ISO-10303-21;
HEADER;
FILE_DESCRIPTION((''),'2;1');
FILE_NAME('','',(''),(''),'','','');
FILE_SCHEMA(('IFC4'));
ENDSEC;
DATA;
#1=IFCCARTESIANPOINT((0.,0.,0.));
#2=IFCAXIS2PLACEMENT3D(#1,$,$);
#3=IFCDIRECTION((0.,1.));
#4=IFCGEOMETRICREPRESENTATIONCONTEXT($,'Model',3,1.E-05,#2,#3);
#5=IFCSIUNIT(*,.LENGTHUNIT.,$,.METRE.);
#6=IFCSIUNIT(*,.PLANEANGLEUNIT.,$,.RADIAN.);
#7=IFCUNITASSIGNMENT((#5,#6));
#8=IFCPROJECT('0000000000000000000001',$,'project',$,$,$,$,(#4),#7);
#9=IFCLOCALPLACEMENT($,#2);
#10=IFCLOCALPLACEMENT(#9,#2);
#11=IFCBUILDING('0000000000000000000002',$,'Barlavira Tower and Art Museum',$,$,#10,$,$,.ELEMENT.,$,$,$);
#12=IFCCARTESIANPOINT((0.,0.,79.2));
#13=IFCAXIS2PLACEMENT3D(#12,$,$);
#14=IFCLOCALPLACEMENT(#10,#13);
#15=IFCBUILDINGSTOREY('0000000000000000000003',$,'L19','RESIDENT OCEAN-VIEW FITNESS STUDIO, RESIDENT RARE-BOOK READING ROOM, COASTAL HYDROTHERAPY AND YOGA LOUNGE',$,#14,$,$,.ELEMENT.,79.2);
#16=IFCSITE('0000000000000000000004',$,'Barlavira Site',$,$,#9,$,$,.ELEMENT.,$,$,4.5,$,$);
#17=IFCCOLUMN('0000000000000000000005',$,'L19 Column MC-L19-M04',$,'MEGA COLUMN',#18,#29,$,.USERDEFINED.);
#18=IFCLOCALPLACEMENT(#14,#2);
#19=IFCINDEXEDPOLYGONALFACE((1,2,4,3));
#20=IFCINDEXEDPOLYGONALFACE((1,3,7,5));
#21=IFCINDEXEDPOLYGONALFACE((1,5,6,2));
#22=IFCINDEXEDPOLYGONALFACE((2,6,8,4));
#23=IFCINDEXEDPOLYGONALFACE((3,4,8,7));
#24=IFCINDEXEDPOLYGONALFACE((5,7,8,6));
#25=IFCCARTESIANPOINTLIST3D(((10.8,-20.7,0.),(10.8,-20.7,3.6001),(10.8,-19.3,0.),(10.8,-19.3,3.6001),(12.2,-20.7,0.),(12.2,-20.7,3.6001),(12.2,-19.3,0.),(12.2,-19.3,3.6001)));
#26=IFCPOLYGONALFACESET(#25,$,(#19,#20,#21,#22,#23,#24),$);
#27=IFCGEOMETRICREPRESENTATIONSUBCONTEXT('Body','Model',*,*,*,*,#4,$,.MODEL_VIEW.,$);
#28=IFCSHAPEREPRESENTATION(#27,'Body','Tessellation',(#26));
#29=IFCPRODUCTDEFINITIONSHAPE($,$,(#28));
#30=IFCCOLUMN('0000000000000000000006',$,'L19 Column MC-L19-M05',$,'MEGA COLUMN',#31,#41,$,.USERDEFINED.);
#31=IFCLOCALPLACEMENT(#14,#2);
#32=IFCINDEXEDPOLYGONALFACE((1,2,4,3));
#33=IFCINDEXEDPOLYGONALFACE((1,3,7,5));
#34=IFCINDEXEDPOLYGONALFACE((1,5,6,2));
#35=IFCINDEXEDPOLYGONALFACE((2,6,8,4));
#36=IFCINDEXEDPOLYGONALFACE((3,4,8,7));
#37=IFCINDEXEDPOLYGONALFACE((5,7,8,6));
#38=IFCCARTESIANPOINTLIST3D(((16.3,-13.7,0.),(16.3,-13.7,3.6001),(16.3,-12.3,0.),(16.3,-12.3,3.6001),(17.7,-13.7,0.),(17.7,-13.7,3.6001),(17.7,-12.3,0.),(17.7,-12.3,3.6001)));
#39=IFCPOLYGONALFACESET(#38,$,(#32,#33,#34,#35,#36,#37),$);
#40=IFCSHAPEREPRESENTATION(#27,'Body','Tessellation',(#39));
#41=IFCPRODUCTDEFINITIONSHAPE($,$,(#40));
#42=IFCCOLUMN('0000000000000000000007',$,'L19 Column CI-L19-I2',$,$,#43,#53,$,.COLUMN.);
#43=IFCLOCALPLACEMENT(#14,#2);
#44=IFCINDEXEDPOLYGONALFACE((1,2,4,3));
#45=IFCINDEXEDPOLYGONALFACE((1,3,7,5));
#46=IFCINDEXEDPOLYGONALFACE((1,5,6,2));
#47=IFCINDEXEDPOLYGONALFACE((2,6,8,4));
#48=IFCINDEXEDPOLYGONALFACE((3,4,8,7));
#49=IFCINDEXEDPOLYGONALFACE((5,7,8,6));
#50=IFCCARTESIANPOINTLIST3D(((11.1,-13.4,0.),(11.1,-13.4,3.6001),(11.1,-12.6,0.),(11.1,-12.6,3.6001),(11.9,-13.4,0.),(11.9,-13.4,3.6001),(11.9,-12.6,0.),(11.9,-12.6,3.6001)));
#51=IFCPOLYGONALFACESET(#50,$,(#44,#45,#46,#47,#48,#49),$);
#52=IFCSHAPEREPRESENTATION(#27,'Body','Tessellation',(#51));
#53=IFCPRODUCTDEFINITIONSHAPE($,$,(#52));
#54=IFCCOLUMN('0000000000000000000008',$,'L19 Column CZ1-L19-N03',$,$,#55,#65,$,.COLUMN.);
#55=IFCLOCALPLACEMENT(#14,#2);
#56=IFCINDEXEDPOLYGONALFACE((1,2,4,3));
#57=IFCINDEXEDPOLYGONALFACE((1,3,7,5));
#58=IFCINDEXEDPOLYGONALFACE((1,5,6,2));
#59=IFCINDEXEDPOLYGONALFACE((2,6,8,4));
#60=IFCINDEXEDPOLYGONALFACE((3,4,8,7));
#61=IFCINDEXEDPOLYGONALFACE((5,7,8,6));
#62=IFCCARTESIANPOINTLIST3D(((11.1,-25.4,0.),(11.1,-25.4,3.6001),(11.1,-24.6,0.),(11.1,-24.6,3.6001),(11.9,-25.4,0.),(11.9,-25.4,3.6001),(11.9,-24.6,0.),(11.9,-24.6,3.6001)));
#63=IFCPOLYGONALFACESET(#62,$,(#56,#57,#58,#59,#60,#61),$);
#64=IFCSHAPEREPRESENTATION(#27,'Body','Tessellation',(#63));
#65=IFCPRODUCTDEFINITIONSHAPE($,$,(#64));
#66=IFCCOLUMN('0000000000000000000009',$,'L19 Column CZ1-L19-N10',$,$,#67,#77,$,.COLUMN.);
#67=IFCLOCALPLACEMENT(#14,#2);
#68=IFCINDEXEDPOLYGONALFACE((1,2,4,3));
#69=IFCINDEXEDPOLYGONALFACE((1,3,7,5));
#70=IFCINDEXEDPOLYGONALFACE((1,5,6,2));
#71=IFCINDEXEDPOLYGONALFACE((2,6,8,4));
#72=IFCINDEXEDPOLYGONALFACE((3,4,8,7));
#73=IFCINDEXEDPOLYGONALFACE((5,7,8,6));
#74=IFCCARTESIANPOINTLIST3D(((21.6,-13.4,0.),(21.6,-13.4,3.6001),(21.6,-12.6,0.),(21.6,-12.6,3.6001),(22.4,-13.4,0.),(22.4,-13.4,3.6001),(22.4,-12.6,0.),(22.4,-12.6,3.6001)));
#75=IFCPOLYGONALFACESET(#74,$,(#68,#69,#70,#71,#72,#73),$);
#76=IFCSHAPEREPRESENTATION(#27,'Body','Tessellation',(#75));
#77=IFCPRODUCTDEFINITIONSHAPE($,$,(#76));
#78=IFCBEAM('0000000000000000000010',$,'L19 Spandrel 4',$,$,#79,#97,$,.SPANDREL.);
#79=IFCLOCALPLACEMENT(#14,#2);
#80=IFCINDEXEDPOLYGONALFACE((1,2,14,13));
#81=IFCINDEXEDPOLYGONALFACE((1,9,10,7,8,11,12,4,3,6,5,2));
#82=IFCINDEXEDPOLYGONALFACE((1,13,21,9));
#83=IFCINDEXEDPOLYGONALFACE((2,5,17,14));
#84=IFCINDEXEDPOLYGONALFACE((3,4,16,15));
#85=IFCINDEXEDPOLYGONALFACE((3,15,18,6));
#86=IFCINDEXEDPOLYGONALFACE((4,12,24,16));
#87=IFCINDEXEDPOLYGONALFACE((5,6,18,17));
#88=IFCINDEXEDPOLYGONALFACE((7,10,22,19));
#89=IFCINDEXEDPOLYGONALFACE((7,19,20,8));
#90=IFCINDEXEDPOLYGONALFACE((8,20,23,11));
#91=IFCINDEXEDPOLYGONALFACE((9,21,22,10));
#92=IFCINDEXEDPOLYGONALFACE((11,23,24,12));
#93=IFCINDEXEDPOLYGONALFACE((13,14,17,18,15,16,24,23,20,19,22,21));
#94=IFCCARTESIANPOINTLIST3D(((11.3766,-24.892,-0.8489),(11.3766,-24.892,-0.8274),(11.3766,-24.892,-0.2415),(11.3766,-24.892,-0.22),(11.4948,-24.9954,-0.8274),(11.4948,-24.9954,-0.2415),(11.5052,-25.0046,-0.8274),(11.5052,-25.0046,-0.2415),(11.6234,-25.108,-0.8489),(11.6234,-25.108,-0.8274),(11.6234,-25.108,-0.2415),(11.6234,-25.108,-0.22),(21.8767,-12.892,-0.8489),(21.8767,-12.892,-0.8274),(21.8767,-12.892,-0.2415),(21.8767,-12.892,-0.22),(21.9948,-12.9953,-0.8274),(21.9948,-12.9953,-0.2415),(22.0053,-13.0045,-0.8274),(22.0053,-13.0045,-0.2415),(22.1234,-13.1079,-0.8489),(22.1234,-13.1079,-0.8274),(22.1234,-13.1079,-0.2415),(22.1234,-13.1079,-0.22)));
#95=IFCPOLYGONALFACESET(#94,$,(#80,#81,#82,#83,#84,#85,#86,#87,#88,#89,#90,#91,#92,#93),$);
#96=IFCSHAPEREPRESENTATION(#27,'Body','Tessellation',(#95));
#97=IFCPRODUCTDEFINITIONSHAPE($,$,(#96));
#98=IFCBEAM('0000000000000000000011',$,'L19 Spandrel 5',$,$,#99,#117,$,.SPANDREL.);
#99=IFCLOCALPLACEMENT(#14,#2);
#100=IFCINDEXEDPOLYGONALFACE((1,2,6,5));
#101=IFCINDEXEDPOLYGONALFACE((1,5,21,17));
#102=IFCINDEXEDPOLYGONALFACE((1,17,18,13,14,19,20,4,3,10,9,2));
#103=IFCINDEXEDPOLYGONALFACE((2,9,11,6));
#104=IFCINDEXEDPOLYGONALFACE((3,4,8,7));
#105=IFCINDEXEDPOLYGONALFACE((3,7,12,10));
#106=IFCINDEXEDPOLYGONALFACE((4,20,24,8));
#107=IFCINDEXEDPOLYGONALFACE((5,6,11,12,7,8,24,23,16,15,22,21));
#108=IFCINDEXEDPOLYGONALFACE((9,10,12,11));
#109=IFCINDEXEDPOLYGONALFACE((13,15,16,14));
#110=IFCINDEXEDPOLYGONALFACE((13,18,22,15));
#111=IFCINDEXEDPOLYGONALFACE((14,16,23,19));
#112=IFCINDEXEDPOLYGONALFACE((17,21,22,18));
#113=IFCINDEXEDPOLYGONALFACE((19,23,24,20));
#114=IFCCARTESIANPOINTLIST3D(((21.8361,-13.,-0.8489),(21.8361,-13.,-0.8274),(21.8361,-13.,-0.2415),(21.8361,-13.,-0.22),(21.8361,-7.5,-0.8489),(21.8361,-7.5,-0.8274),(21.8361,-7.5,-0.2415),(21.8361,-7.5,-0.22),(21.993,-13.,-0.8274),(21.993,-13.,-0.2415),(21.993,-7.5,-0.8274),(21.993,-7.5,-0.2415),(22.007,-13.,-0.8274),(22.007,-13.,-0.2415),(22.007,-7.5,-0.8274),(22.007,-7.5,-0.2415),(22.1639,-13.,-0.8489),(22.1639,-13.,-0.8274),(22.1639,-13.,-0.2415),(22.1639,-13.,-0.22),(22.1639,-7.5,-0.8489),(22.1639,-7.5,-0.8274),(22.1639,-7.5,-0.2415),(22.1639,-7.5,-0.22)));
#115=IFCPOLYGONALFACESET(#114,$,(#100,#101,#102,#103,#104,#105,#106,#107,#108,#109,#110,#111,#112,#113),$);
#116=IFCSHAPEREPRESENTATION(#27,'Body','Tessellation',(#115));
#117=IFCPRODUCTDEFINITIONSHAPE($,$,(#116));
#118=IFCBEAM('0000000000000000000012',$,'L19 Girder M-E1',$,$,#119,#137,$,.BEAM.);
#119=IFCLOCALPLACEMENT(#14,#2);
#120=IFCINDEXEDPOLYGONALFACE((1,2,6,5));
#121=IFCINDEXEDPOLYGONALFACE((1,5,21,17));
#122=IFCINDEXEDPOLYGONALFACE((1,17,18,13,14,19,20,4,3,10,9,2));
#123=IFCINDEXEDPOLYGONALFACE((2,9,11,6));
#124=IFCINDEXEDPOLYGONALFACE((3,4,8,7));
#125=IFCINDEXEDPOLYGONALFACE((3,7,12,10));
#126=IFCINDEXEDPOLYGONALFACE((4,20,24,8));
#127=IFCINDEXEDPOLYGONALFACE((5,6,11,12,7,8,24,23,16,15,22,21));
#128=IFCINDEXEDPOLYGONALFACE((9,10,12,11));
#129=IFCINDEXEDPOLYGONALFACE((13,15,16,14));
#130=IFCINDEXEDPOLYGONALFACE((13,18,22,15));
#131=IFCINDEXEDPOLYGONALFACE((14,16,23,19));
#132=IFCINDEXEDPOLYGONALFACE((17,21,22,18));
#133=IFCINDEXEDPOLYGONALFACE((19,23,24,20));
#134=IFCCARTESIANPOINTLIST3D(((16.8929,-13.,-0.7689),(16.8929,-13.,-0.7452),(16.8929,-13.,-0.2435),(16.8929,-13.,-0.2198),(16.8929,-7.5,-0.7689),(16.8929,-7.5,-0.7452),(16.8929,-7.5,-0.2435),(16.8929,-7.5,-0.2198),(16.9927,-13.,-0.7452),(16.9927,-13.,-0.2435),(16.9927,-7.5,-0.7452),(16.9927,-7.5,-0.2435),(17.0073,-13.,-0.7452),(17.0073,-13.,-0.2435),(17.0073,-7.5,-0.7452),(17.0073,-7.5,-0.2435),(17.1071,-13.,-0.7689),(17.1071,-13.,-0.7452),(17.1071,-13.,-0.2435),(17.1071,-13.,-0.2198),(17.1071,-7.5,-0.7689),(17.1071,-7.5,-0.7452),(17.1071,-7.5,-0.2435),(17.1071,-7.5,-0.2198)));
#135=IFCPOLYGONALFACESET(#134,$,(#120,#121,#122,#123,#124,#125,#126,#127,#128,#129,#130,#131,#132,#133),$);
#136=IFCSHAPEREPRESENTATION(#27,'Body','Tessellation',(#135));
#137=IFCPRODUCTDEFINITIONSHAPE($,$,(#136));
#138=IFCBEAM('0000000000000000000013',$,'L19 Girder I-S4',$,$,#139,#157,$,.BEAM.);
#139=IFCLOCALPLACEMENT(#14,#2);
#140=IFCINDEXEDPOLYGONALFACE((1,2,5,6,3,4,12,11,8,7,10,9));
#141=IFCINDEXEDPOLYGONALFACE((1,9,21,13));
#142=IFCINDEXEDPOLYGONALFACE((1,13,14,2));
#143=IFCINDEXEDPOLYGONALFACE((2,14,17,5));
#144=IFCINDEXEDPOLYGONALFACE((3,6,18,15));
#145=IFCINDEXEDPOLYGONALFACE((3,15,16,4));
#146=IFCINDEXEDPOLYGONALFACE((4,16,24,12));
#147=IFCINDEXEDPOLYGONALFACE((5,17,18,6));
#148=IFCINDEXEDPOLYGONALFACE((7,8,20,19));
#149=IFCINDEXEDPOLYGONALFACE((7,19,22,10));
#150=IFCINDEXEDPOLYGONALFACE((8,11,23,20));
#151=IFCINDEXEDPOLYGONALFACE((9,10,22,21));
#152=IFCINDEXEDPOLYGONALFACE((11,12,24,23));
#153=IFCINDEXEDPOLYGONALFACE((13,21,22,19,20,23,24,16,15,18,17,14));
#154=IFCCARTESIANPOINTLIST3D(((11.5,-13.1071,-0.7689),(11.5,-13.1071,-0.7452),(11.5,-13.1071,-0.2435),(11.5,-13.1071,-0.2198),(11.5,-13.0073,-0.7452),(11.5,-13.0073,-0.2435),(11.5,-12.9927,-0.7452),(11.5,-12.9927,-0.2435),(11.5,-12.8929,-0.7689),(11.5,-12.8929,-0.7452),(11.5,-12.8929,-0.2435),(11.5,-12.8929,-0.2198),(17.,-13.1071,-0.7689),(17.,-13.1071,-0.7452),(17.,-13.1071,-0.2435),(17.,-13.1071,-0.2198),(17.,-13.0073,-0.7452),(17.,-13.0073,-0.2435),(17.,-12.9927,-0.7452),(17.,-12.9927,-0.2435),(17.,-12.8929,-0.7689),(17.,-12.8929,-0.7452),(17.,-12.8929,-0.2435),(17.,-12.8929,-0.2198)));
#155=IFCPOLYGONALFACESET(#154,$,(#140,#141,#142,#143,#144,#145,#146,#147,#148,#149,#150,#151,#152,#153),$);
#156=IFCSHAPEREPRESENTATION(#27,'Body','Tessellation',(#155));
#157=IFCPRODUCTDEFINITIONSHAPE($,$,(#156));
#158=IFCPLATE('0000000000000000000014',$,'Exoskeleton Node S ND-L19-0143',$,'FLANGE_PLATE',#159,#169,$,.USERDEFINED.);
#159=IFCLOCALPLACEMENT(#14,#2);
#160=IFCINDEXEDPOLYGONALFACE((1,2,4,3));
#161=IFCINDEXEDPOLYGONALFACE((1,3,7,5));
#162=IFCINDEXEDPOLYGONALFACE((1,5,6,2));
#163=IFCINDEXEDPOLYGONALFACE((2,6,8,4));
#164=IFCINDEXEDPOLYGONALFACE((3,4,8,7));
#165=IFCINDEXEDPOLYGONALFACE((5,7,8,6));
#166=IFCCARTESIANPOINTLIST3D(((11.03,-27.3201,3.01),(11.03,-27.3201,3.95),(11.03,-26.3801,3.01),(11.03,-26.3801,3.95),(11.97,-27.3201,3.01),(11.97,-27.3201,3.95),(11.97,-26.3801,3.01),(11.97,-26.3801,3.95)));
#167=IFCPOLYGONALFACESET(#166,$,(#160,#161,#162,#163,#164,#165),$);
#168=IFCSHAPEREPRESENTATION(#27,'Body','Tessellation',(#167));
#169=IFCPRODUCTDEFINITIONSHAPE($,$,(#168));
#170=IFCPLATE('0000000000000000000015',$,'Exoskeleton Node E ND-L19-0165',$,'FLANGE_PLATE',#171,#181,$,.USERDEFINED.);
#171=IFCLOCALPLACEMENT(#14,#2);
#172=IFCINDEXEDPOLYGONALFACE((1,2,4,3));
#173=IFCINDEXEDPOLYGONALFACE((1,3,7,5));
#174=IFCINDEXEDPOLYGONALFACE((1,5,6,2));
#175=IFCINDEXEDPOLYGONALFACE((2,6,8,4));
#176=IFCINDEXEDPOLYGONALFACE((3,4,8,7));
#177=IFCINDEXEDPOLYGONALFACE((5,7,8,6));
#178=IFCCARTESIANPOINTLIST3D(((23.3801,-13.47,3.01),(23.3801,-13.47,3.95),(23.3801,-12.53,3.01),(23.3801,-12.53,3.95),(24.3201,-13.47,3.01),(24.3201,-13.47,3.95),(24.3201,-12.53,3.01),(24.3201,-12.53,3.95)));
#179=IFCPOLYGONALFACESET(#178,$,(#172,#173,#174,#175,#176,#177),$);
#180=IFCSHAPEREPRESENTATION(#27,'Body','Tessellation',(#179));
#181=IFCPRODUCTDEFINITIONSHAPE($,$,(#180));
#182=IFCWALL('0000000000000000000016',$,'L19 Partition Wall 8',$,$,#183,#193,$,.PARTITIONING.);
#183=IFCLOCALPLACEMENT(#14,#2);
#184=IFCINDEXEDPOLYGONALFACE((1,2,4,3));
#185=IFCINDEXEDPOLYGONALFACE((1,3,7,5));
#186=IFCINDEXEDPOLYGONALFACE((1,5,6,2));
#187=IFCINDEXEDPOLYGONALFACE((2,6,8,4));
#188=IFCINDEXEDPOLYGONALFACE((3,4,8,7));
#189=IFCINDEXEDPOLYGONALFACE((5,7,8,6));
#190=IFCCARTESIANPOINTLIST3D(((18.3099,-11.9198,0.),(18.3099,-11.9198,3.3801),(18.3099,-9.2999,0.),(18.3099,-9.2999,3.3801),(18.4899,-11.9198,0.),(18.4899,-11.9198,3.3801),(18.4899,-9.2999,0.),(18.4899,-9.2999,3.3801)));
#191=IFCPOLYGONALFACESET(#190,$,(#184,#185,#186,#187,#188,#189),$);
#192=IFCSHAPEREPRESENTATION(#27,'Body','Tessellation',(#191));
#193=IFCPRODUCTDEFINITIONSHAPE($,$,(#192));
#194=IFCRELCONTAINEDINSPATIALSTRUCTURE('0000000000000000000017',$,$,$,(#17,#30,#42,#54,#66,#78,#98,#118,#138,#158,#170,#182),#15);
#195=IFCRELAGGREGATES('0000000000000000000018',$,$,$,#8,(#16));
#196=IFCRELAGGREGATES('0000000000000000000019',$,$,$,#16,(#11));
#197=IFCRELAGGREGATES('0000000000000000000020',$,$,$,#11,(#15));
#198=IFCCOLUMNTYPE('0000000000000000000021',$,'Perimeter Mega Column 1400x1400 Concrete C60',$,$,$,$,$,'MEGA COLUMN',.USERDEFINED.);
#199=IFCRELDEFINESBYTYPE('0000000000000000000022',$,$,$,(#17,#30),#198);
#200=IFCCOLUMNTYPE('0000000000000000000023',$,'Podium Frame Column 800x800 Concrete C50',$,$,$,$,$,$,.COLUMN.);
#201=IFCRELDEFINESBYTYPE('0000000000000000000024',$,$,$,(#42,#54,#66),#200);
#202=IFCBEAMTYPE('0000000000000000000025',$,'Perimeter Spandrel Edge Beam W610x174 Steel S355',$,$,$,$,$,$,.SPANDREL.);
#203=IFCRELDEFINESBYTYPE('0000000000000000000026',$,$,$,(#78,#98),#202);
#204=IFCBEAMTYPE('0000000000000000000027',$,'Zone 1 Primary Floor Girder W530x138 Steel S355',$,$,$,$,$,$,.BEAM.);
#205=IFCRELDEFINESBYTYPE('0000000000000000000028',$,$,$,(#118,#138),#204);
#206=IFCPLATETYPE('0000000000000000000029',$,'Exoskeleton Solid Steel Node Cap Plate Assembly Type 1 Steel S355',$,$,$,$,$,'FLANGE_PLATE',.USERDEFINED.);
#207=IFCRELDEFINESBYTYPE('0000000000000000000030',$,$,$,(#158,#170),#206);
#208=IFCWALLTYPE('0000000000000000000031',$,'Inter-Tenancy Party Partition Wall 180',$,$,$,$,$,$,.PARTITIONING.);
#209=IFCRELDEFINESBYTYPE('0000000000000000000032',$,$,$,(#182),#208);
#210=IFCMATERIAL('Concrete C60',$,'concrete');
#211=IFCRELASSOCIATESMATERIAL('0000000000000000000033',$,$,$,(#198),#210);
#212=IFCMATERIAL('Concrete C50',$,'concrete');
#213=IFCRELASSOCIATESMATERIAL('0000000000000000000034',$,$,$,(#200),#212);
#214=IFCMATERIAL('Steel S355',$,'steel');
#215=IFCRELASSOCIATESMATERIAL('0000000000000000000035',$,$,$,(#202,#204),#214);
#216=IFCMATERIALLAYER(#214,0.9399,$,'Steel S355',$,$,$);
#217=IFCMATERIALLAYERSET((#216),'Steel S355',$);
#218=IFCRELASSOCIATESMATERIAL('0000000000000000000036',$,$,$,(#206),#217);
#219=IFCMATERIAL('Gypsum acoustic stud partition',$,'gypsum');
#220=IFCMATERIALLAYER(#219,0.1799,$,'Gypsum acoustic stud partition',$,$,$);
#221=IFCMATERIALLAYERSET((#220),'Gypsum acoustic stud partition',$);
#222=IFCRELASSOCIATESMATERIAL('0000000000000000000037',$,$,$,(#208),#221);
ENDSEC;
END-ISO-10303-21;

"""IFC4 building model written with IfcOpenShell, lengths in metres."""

from ifc_helpers import new_model, si_unit, direction, frame, frame_2d, origin, origin_2d, place, context, subcontext, project, spatial, rectangle, i_section, extrude, material, layer, layer_set, material_profile, profile_set, type_object, element, save


model = new_model("IFC4")

# Units and contexts
model_context = context("Model", 3, precision=1e-05, world=origin(), true_north=direction((0.0, 1.0)))
body_context = subcontext(model_context, "Body", "Model", "MODEL_VIEW")
ifc_project = project(units=[si_unit("LENGTHUNIT", "METRE"), si_unit("PLANEANGLEUNIT", "RADIAN")], contexts=[model_context])

# Site, building, storey
site_placement = place(None, origin())
site = spatial("IfcSite", under=ifc_project, at=site_placement, Name="Barlavira Site", CompositionType="ELEMENT", RefElevation=4.5)
building_placement = place(site_placement, origin())
building = spatial("IfcBuilding", under=site, at=building_placement, Name="Barlavira Tower and Art Museum", CompositionType="ELEMENT")
storey_placement = place(building_placement, frame((0.0, 0.0, 79.2)))
storey = spatial("IfcBuildingStorey", under=building, at=storey_placement, Name="L19", Description="RESIDENT OCEAN-VIEW FITNESS STUDIO, RESIDENT RARE-BOOK READING ROOM, COASTAL HYDROTHERAPY AND YOGA LOUNGE", CompositionType="ELEMENT", Elevation=79.2)

# Columns
ifc_material_1 = material(Name="Concrete C60", Category="concrete")
ifc_material_profile_1 = material_profile(ifc_material_1, rectangle(XDim=1.3999, YDim=1.3999, at=origin_2d()), Name="RC-MCOL 1400x1400")
ifc_profile_set_1 = profile_set([ifc_material_profile_1], Name="Concrete C60")
column_type_1 = type_object("IfcColumnType", Name="Perimeter Mega Column 1400x1400 Concrete C60", ElementType="MEGA COLUMN", PredefinedType="USERDEFINED", material=ifc_profile_set_1)
for number, where, z_axis, x_axis, name in (
    (1, (11.5, -20.0, 0.0), (0.0, 0.0, 1.0), (1.0, 0.0, 0.0), "L19 Column MC-L19-M04"),
    (2, (17.0, -13.0, 0.0), (0.0, 0.0, 1.0), (1.0, 0.0, 0.0), "L19 Column MC-L19-M05"),
):
    element("IfcColumn", number, at=place(storey_placement, frame(where, z_axis=z_axis, x_axis=x_axis)), inside=storey, type_object=column_type_1, Name=name, ObjectType="MEGA COLUMN", PredefinedType="USERDEFINED", context=body_context, shape_type="SweptSolid", body=[
        extrude(rectangle(XDim=1.3999, YDim=1.3999, at=origin_2d()), origin(), (0.0, 0.0, 1.0), 3.6001),
    ])
ifc_material_2 = material(Name="Concrete C50", Category="concrete")
ifc_material_profile_2 = material_profile(ifc_material_2, rectangle(XDim=0.8, YDim=0.8, at=origin_2d()), Name="RC-COL 800x800")
ifc_profile_set_2 = profile_set([ifc_material_profile_2], Name="Concrete C50")
column_type_2 = type_object("IfcColumnType", Name="Podium Frame Column 800x800 Concrete C50", PredefinedType="COLUMN", material=ifc_profile_set_2)
for number, where, z_axis, x_axis, name in (
    (3, (11.5, -13.0, 0.0), (0.0, 0.0, 1.0), (1.0, 0.0, 0.0), "L19 Column CI-L19-I2"),
    (4, (11.5, -25.0, 0.0), (0.0, 0.0, 1.0), (1.0, 0.0, 0.0), "L19 Column CZ1-L19-N03"),
    (5, (22.0, -13.0, 0.0), (0.0, 0.0, 1.0), (1.0, 0.0, 0.0), "L19 Column CZ1-L19-N10"),
):
    element("IfcColumn", number, at=place(storey_placement, frame(where, z_axis=z_axis, x_axis=x_axis)), inside=storey, type_object=column_type_2, Name=name, PredefinedType="COLUMN", context=body_context, shape_type="SweptSolid", body=[
        extrude(rectangle(XDim=0.8, YDim=0.8, at=origin_2d()), origin(), (0.0, 0.0, 1.0), 3.6001),
    ])

# Beams
ifc_material_3 = material(Name="Steel S355", Category="steel")
ifc_material_profile_3 = material_profile(ifc_material_3, i_section(OverallWidth=0.3279, OverallDepth=0.6289, WebThickness=0.0139, FlangeThickness=0.0215, at=origin_2d()), Name="W610x174.0")
ifc_profile_set_3 = profile_set([ifc_material_profile_3], Name="Steel S355")
beam_type_1 = type_object("IfcBeamType", Name="Perimeter Spandrel Edge Beam W610x174 Steel S355", PredefinedType="SPANDREL", material=ifc_profile_set_3)
beam_1_placement = place(storey_placement, frame((11.5, -25.0, -0.5344), z_axis=(0.658505, 0.752577, 0.0), x_axis=(-0.752577, 0.658505, 0.0)))
element("IfcBeam", 6, at=beam_1_placement, inside=storey, type_object=beam_type_1, Name="L19 Spandrel 4", PredefinedType="SPANDREL", context=body_context, shape_type="SweptSolid", body=[
    extrude(i_section(OverallWidth=0.3279, OverallDepth=0.6289, WebThickness=0.0139, FlangeThickness=0.0215, at=origin_2d()), origin(), (0.0, 0.0, 1.0), 15.9453),
])
beam_2_placement = place(storey_placement, frame((22.0, -13.0, -0.5344), z_axis=(0.0, 1.0, 0.0), x_axis=(-1.0, 0.0, 0.0)))
element("IfcBeam", 7, at=beam_2_placement, inside=storey, type_object=beam_type_1, Name="L19 Spandrel 5", PredefinedType="SPANDREL", context=body_context, shape_type="SweptSolid", body=[
    extrude(i_section(OverallWidth=0.3279, OverallDepth=0.6289, WebThickness=0.0139, FlangeThickness=0.0215, at=origin_2d()), origin(), (0.0, 0.0, 1.0), 5.5),
])
ifc_material_profile_4 = material_profile(ifc_material_3, i_section(OverallWidth=0.2141, OverallDepth=0.5491, WebThickness=0.0146, FlangeThickness=0.0237, at=origin_2d()), Name="W530x138.0")
ifc_profile_set_4 = profile_set([ifc_material_profile_4], Name="Steel S355")
beam_type_2 = type_object("IfcBeamType", Name="Zone 1 Primary Floor Girder W530x138 Steel S355", PredefinedType="BEAM", material=ifc_profile_set_4)
for number, where, z_axis, x_axis, name in (
    (8, (17.0, -13.0, -0.4944), (0.0, 1.0, 0.0), (-1.0, 0.0, 0.0), "L19 Girder M-E1"),
    (9, (11.5, -13.0, -0.4944), (1.0, 0.0, 0.0), (0.0, 1.0, 0.0), "L19 Girder I-S4"),
):
    element("IfcBeam", number, at=place(storey_placement, frame(where, z_axis=z_axis, x_axis=x_axis)), inside=storey, type_object=beam_type_2, Name=name, PredefinedType="BEAM", context=body_context, shape_type="SweptSolid", body=[
        extrude(i_section(OverallWidth=0.2141, OverallDepth=0.5491, WebThickness=0.0146, FlangeThickness=0.0237, at=origin_2d()), origin(), (0.0, 0.0, 1.0), 5.5),
    ])

# Plates
ifc_layer_1 = layer(ifc_material_3, 0.9399, Name="Steel S355")
ifc_layer_set_1 = layer_set([ifc_layer_1], Name="Steel S355")
plate_type = type_object("IfcPlateType", Name="Exoskeleton Solid Steel Node Cap Plate Assembly Type 1 Steel S355", ElementType="FLANGE_PLATE", PredefinedType="USERDEFINED", material=ifc_layer_set_1)
for number, where, z_axis, x_axis, name in (
    (10, (11.5, -26.8501, 3.01), (0.0, 0.0, 1.0), (1.0, 0.0, 0.0), "Exoskeleton Node S ND-L19-0143"),
    (11, (23.8501, -13.0, 3.01), (0.0, 0.0, 1.0), (1.0, 0.0, 0.0), "Exoskeleton Node E ND-L19-0165"),
):
    element("IfcPlate", number, at=place(storey_placement, frame(where, z_axis=z_axis, x_axis=x_axis)), inside=storey, type_object=plate_type, Name=name, ObjectType="FLANGE_PLATE", PredefinedType="USERDEFINED", context=body_context, shape_type="SweptSolid", body=[
        extrude(rectangle(XDim=0.9399, YDim=0.9399, at=origin_2d()), origin(), (0.0, 0.0, 1.0), 0.9399),
    ])

# Wall
ifc_material_4 = material(Name="Gypsum acoustic stud partition", Category="gypsum")
ifc_layer_2 = layer(ifc_material_4, 0.1799, Name="Gypsum acoustic stud partition")
ifc_layer_set_2 = layer_set([ifc_layer_2], Name="Gypsum acoustic stud partition")
wall_type_1 = type_object("IfcWallType", Name="Inter-Tenancy Party Partition Wall 180", PredefinedType="PARTITIONING", material=ifc_layer_set_2)
wall_1_placement = place(storey_placement, frame((18.3999, -11.9199, 0.0), z_axis=(0.0, 0.0, 1.0), x_axis=(0.0, 1.0, 0.0)))
element("IfcWall", 12, at=wall_1_placement, inside=storey, type_object=wall_type_1, Name="L19 Partition Wall 8", PredefinedType="PARTITIONING", context=body_context, shape_type="SweptSolid", body=[
    extrude(rectangle(XDim=2.6199, YDim=0.1799, at=frame_2d((1.3101, 0.0))), origin(), (0.0, 0.0, 1.0), 3.3801),
])

save(model, "model.ifc")
